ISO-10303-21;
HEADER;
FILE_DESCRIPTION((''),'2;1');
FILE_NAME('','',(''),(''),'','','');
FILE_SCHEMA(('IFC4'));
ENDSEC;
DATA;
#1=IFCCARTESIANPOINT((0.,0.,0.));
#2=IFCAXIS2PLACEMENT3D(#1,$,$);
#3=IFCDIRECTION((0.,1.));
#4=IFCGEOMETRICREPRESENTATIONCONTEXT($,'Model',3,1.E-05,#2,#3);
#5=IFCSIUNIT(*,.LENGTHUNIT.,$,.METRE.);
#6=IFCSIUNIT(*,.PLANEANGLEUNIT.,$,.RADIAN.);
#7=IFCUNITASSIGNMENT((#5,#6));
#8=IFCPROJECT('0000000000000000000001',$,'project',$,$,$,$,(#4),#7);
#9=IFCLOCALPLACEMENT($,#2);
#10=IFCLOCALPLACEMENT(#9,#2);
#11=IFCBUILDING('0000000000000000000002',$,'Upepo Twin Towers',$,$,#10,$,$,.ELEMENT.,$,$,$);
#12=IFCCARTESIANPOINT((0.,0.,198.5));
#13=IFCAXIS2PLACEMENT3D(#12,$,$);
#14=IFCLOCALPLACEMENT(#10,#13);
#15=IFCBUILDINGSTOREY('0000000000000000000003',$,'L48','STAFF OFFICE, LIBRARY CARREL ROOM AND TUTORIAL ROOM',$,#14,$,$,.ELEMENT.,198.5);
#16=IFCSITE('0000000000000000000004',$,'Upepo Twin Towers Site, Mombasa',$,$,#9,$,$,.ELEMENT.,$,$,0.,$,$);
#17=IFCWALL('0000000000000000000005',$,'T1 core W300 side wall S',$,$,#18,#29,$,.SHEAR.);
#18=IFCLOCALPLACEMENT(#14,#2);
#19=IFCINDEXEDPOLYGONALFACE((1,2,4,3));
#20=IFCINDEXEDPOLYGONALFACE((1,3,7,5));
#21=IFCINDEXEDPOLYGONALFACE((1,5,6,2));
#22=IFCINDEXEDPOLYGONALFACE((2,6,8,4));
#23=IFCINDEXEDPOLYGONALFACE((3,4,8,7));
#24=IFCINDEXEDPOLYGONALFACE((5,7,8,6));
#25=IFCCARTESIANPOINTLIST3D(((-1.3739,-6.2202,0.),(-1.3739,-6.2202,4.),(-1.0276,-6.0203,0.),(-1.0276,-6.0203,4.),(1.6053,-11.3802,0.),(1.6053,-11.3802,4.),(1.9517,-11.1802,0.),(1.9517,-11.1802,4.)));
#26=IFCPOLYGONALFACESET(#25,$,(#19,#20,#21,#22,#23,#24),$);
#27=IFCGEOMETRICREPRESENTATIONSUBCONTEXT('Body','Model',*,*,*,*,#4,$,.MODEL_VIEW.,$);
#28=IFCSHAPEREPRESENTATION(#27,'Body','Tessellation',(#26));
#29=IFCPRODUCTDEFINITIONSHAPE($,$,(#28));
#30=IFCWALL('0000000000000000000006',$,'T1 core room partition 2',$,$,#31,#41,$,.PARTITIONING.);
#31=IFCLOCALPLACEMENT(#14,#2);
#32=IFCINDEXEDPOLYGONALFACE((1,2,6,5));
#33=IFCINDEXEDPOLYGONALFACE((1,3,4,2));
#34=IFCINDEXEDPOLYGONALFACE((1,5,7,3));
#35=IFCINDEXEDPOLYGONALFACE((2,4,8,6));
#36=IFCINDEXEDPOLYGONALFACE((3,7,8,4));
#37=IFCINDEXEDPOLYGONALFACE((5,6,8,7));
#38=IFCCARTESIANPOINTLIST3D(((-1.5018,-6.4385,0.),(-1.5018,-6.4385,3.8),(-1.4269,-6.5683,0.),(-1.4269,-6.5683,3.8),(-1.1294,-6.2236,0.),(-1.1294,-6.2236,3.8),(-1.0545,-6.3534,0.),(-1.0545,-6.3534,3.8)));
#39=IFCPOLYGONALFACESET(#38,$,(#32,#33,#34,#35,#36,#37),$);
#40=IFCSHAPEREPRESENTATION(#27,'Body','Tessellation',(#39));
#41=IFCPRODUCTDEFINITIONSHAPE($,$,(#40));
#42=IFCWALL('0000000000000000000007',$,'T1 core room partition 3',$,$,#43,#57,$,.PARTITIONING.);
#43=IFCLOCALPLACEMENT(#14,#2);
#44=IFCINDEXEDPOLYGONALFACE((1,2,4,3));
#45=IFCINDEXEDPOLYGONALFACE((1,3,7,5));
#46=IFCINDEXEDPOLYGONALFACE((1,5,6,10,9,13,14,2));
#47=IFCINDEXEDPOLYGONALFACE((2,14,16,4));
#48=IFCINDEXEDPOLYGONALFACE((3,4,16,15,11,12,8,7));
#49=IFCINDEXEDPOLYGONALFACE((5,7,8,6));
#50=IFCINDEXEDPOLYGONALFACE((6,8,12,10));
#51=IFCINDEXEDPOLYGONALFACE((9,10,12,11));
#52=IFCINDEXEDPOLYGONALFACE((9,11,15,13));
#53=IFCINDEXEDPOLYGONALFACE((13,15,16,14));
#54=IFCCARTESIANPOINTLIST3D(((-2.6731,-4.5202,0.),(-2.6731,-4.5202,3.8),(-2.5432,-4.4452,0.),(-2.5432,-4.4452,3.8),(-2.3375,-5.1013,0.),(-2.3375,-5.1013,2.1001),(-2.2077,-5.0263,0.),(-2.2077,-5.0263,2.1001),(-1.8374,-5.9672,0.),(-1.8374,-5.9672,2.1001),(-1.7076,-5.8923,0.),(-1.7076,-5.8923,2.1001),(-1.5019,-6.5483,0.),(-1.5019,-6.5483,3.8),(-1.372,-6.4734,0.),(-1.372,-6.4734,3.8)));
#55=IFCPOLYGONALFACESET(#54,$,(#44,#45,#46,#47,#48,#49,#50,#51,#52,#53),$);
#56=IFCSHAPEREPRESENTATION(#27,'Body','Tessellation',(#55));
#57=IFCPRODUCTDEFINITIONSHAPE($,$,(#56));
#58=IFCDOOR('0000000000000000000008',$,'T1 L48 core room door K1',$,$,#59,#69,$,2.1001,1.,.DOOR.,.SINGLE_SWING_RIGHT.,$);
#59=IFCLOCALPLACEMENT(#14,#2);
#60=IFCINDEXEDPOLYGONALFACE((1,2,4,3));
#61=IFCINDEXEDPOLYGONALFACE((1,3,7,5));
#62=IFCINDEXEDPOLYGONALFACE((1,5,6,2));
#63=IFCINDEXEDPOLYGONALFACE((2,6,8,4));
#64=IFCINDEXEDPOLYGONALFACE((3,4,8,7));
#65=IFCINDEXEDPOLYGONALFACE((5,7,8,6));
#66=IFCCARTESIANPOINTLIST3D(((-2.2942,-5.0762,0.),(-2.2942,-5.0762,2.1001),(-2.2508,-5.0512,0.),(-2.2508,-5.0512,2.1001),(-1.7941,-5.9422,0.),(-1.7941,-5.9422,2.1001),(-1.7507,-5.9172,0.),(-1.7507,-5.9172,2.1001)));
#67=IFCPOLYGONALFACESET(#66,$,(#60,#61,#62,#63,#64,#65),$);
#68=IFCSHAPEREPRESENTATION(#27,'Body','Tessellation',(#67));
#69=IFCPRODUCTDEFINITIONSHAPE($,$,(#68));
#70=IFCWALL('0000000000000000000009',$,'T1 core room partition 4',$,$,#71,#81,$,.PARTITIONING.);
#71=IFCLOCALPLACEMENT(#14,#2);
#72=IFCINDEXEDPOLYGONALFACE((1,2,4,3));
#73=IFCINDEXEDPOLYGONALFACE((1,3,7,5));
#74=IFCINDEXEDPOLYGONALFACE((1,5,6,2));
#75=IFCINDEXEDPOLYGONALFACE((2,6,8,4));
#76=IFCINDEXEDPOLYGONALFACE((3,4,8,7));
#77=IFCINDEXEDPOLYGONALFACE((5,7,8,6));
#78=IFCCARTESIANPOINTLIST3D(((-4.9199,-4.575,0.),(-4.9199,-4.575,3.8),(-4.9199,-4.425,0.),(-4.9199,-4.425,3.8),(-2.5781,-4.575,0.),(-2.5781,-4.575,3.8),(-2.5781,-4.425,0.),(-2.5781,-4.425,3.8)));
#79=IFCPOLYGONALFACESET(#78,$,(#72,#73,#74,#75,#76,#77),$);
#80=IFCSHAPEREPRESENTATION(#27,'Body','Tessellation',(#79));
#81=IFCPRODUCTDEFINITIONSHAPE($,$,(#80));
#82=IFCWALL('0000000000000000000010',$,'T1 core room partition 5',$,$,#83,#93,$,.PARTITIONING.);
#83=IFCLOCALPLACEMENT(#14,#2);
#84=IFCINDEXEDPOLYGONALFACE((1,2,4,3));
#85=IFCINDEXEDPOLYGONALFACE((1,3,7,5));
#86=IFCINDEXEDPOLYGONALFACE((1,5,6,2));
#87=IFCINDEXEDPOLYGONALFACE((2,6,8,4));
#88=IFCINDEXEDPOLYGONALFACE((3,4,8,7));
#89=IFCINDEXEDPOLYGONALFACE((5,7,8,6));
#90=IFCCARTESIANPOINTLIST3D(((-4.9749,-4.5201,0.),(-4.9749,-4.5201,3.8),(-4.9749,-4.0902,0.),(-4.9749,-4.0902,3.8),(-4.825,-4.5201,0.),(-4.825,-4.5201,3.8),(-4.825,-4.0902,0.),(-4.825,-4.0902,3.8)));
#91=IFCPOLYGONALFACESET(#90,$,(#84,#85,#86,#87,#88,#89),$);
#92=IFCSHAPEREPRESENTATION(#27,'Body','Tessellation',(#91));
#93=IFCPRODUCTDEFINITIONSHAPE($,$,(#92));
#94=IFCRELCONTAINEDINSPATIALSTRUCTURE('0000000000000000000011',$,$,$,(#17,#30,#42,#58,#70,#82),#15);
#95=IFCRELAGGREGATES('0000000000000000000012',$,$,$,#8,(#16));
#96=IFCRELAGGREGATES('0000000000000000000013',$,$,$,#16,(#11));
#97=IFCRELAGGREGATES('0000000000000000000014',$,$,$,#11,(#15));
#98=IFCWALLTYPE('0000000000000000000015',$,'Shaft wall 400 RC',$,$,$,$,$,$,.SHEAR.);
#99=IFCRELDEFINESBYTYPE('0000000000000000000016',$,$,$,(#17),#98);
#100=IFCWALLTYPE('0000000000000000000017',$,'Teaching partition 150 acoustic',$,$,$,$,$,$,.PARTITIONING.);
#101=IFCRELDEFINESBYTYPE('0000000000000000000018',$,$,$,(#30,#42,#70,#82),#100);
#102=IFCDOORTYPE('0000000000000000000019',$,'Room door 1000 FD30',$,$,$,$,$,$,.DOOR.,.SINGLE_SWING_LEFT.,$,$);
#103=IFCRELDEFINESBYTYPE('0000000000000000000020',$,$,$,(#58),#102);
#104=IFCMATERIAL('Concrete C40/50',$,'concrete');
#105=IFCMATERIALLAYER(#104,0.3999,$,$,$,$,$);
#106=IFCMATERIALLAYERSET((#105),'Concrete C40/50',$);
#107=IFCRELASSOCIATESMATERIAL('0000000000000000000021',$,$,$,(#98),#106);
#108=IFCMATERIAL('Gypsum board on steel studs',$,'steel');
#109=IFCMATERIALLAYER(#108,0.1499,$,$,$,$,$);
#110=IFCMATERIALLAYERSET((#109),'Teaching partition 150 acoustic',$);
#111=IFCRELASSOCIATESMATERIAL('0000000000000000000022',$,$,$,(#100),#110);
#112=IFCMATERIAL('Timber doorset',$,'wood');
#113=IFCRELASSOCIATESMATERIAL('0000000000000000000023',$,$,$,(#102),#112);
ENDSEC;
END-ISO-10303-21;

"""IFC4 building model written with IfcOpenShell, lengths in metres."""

from ifc_helpers import new_model, si_unit, direction, frame, frame_2d, origin, place, context, subcontext, project, spatial, rectangle, extrude, material, layer, layer_set, type_object, element, fill, save


model = new_model("IFC4")

# Units and contexts
model_context = context("Model", 3, precision=1e-05, world=origin(), true_north=direction((0.0, 1.0)))
body_context = subcontext(model_context, "Body", "Model", "MODEL_VIEW")
ifc_project = project(units=[si_unit("LENGTHUNIT", "METRE"), si_unit("PLANEANGLEUNIT", "RADIAN")], contexts=[model_context])

# Site, building, storey
site_placement = place(None, origin())
site = spatial("IfcSite", under=ifc_project, at=site_placement, Name="Upepo Twin Towers Site, Mombasa", CompositionType="ELEMENT", RefElevation=0.0)
building_placement = place(site_placement, origin())
building = spatial("IfcBuilding", under=site, at=building_placement, Name="Upepo Twin Towers", CompositionType="ELEMENT")
storey_placement = place(building_placement, frame((0.0, 0.0, 198.5)))
storey = spatial("IfcBuildingStorey", under=building, at=storey_placement, Name="L48", Description="STAFF OFFICE, LIBRARY CARREL ROOM AND TUTORIAL ROOM", CompositionType="ELEMENT", Elevation=198.5)

# Walls
ifc_material_1 = material(Name="Concrete C40/50", Category="concrete")
ifc_layer_1 = layer(ifc_material_1, 0.3999)
ifc_layer_set_1 = layer_set([ifc_layer_1], Name="Concrete C40/50")
wall_type_1 = type_object("IfcWallType", Name="Shaft wall 400 RC", PredefinedType="SHEAR", material=ifc_layer_set_1)
wall_1_placement = place(storey_placement, frame((-1.2007, -6.1204, 0.0), z_axis=(0.0, 0.0, 1.0), x_axis=(0.500022, -0.866013, 0.0)))
element("IfcWall", 1, at=wall_1_placement, inside=storey, type_object=wall_type_1, Name="T1 core W300 side wall S", PredefinedType="SHEAR", context=body_context, shape_type="SweptSolid", body=[
    extrude(rectangle(XDim=5.9583, YDim=0.3999, at=frame_2d((2.979, 0.0))), origin(), (0.0, 0.0, 1.0), 4.0),
])
ifc_material_2 = material(Name="Gypsum board on steel studs", Category="steel")
ifc_layer_2 = layer(ifc_material_2, 0.1499)
ifc_layer_set_2 = layer_set([ifc_layer_2], Name="Teaching partition 150 acoustic")
wall_type_2 = type_object("IfcWallType", Name="Teaching partition 150 acoustic", PredefinedType="PARTITIONING", material=ifc_layer_set_2)
wall_2_placement = place(storey_placement, frame((-1.092, -6.2886, 0.0), z_axis=(0.0, 0.0, 1.0), x_axis=(-0.866138, -0.499804, 0.0)))
element("IfcWall", 2, at=wall_2_placement, inside=storey, type_object=wall_type_2, Name="T1 core room partition 2", PredefinedType="PARTITIONING", context=body_context, shape_type="SweptSolid", body=[
    extrude(rectangle(XDim=0.4299, YDim=0.1499, at=frame_2d((0.2148, 0.0))), origin(), (0.0, 0.0, 1.0), 3.8),
])

# Wall, opening, door
wall_3_placement = place(storey_placement, frame((-1.437, -6.5107, 0.0), z_axis=(0.0, 0.0, 1.0), x_axis=(-0.500074, 0.865982, 0.0)))
wall_3 = element("IfcWall", 3, at=wall_3_placement, inside=storey, type_object=wall_type_2, Name="T1 core room partition 3", PredefinedType="PARTITIONING", context=body_context, shape_type="SweptSolid", body=[
    extrude(rectangle(XDim=2.342, YDim=0.1499, at=frame_2d((1.1709, 0.0))), origin(), (0.0, 0.0, 1.0), 3.8),
])
opening_1_placement = place(wall_3_placement, frame((0.6709, 0.0, 0.0)))
opening_1 = element("IfcOpeningElement", 4, at=opening_1_placement, cuts=wall_3, PredefinedType="OPENING", context=body_context, shape_type="SweptSolid", body=[
    extrude(rectangle(XDim=1.0, YDim=2.1001, at=frame_2d((0.5, 1.05))), frame((0.0, 0.085, 0.0), z_axis=(0.0, -1.0, 0.0), x_axis=(1.0, 0.0, 0.0)), (0.0, 0.0, 1.0), 0.1699),
])
ifc_material_3 = material(Name="Timber doorset", Category="wood")
door_type_1 = type_object("IfcDoorType", Name="Room door 1000 FD30", OperationType="SINGLE_SWING_LEFT", PredefinedType="DOOR", material=ifc_material_3)
door_1_placement = place(opening_1_placement, origin())
door_1 = element("IfcDoor", 5, at=door_1_placement, inside=storey, type_object=door_type_1, Name="T1 L48 core room door K1", OperationType="SINGLE_SWING_RIGHT", OverallHeight=2.1001, OverallWidth=1.0, PredefinedType="DOOR", context=body_context, shape_type="SweptSolid", body=[
    extrude(rectangle(XDim=1.0, YDim=2.1001, at=frame_2d((0.5, 1.05))), frame((0.0, 0.0249, 0.0), z_axis=(0.0, -1.0, 0.0), x_axis=(1.0, 0.0, 0.0)), (0.0, 0.0, 1.0), 0.05),
])
fill(opening_1, door_1)

# Walls
wall_4_placement = place(storey_placement, frame((-2.5781, -4.5, 0.0), z_axis=(0.0, 0.0, 1.0), x_axis=(-1.0, 0.0, 0.0)))
element("IfcWall", 6, at=wall_4_placement, inside=storey, type_object=wall_type_2, Name="T1 core room partition 4", PredefinedType="PARTITIONING", context=body_context, shape_type="SweptSolid", body=[
    extrude(rectangle(XDim=2.3418, YDim=0.1499, at=frame_2d((1.1709, 0.0))), origin(), (0.0, 0.0, 1.0), 3.8),
])
wall_5_placement = place(storey_placement, frame((-4.8999, -4.52, 0.0), z_axis=(0.0, 0.0, 1.0), x_axis=(0.0, 1.0, 0.0)))
element("IfcWall", 7, at=wall_5_placement, inside=storey, type_object=wall_type_2, Name="T1 core room partition 5", PredefinedType="PARTITIONING", context=body_context, shape_type="SweptSolid", body=[
    extrude(rectangle(XDim=0.4299, YDim=0.1499, at=frame_2d((0.2148, 0.0))), origin(), (0.0, 0.0, 1.0), 3.8),
])

save(model, "model.ifc")
